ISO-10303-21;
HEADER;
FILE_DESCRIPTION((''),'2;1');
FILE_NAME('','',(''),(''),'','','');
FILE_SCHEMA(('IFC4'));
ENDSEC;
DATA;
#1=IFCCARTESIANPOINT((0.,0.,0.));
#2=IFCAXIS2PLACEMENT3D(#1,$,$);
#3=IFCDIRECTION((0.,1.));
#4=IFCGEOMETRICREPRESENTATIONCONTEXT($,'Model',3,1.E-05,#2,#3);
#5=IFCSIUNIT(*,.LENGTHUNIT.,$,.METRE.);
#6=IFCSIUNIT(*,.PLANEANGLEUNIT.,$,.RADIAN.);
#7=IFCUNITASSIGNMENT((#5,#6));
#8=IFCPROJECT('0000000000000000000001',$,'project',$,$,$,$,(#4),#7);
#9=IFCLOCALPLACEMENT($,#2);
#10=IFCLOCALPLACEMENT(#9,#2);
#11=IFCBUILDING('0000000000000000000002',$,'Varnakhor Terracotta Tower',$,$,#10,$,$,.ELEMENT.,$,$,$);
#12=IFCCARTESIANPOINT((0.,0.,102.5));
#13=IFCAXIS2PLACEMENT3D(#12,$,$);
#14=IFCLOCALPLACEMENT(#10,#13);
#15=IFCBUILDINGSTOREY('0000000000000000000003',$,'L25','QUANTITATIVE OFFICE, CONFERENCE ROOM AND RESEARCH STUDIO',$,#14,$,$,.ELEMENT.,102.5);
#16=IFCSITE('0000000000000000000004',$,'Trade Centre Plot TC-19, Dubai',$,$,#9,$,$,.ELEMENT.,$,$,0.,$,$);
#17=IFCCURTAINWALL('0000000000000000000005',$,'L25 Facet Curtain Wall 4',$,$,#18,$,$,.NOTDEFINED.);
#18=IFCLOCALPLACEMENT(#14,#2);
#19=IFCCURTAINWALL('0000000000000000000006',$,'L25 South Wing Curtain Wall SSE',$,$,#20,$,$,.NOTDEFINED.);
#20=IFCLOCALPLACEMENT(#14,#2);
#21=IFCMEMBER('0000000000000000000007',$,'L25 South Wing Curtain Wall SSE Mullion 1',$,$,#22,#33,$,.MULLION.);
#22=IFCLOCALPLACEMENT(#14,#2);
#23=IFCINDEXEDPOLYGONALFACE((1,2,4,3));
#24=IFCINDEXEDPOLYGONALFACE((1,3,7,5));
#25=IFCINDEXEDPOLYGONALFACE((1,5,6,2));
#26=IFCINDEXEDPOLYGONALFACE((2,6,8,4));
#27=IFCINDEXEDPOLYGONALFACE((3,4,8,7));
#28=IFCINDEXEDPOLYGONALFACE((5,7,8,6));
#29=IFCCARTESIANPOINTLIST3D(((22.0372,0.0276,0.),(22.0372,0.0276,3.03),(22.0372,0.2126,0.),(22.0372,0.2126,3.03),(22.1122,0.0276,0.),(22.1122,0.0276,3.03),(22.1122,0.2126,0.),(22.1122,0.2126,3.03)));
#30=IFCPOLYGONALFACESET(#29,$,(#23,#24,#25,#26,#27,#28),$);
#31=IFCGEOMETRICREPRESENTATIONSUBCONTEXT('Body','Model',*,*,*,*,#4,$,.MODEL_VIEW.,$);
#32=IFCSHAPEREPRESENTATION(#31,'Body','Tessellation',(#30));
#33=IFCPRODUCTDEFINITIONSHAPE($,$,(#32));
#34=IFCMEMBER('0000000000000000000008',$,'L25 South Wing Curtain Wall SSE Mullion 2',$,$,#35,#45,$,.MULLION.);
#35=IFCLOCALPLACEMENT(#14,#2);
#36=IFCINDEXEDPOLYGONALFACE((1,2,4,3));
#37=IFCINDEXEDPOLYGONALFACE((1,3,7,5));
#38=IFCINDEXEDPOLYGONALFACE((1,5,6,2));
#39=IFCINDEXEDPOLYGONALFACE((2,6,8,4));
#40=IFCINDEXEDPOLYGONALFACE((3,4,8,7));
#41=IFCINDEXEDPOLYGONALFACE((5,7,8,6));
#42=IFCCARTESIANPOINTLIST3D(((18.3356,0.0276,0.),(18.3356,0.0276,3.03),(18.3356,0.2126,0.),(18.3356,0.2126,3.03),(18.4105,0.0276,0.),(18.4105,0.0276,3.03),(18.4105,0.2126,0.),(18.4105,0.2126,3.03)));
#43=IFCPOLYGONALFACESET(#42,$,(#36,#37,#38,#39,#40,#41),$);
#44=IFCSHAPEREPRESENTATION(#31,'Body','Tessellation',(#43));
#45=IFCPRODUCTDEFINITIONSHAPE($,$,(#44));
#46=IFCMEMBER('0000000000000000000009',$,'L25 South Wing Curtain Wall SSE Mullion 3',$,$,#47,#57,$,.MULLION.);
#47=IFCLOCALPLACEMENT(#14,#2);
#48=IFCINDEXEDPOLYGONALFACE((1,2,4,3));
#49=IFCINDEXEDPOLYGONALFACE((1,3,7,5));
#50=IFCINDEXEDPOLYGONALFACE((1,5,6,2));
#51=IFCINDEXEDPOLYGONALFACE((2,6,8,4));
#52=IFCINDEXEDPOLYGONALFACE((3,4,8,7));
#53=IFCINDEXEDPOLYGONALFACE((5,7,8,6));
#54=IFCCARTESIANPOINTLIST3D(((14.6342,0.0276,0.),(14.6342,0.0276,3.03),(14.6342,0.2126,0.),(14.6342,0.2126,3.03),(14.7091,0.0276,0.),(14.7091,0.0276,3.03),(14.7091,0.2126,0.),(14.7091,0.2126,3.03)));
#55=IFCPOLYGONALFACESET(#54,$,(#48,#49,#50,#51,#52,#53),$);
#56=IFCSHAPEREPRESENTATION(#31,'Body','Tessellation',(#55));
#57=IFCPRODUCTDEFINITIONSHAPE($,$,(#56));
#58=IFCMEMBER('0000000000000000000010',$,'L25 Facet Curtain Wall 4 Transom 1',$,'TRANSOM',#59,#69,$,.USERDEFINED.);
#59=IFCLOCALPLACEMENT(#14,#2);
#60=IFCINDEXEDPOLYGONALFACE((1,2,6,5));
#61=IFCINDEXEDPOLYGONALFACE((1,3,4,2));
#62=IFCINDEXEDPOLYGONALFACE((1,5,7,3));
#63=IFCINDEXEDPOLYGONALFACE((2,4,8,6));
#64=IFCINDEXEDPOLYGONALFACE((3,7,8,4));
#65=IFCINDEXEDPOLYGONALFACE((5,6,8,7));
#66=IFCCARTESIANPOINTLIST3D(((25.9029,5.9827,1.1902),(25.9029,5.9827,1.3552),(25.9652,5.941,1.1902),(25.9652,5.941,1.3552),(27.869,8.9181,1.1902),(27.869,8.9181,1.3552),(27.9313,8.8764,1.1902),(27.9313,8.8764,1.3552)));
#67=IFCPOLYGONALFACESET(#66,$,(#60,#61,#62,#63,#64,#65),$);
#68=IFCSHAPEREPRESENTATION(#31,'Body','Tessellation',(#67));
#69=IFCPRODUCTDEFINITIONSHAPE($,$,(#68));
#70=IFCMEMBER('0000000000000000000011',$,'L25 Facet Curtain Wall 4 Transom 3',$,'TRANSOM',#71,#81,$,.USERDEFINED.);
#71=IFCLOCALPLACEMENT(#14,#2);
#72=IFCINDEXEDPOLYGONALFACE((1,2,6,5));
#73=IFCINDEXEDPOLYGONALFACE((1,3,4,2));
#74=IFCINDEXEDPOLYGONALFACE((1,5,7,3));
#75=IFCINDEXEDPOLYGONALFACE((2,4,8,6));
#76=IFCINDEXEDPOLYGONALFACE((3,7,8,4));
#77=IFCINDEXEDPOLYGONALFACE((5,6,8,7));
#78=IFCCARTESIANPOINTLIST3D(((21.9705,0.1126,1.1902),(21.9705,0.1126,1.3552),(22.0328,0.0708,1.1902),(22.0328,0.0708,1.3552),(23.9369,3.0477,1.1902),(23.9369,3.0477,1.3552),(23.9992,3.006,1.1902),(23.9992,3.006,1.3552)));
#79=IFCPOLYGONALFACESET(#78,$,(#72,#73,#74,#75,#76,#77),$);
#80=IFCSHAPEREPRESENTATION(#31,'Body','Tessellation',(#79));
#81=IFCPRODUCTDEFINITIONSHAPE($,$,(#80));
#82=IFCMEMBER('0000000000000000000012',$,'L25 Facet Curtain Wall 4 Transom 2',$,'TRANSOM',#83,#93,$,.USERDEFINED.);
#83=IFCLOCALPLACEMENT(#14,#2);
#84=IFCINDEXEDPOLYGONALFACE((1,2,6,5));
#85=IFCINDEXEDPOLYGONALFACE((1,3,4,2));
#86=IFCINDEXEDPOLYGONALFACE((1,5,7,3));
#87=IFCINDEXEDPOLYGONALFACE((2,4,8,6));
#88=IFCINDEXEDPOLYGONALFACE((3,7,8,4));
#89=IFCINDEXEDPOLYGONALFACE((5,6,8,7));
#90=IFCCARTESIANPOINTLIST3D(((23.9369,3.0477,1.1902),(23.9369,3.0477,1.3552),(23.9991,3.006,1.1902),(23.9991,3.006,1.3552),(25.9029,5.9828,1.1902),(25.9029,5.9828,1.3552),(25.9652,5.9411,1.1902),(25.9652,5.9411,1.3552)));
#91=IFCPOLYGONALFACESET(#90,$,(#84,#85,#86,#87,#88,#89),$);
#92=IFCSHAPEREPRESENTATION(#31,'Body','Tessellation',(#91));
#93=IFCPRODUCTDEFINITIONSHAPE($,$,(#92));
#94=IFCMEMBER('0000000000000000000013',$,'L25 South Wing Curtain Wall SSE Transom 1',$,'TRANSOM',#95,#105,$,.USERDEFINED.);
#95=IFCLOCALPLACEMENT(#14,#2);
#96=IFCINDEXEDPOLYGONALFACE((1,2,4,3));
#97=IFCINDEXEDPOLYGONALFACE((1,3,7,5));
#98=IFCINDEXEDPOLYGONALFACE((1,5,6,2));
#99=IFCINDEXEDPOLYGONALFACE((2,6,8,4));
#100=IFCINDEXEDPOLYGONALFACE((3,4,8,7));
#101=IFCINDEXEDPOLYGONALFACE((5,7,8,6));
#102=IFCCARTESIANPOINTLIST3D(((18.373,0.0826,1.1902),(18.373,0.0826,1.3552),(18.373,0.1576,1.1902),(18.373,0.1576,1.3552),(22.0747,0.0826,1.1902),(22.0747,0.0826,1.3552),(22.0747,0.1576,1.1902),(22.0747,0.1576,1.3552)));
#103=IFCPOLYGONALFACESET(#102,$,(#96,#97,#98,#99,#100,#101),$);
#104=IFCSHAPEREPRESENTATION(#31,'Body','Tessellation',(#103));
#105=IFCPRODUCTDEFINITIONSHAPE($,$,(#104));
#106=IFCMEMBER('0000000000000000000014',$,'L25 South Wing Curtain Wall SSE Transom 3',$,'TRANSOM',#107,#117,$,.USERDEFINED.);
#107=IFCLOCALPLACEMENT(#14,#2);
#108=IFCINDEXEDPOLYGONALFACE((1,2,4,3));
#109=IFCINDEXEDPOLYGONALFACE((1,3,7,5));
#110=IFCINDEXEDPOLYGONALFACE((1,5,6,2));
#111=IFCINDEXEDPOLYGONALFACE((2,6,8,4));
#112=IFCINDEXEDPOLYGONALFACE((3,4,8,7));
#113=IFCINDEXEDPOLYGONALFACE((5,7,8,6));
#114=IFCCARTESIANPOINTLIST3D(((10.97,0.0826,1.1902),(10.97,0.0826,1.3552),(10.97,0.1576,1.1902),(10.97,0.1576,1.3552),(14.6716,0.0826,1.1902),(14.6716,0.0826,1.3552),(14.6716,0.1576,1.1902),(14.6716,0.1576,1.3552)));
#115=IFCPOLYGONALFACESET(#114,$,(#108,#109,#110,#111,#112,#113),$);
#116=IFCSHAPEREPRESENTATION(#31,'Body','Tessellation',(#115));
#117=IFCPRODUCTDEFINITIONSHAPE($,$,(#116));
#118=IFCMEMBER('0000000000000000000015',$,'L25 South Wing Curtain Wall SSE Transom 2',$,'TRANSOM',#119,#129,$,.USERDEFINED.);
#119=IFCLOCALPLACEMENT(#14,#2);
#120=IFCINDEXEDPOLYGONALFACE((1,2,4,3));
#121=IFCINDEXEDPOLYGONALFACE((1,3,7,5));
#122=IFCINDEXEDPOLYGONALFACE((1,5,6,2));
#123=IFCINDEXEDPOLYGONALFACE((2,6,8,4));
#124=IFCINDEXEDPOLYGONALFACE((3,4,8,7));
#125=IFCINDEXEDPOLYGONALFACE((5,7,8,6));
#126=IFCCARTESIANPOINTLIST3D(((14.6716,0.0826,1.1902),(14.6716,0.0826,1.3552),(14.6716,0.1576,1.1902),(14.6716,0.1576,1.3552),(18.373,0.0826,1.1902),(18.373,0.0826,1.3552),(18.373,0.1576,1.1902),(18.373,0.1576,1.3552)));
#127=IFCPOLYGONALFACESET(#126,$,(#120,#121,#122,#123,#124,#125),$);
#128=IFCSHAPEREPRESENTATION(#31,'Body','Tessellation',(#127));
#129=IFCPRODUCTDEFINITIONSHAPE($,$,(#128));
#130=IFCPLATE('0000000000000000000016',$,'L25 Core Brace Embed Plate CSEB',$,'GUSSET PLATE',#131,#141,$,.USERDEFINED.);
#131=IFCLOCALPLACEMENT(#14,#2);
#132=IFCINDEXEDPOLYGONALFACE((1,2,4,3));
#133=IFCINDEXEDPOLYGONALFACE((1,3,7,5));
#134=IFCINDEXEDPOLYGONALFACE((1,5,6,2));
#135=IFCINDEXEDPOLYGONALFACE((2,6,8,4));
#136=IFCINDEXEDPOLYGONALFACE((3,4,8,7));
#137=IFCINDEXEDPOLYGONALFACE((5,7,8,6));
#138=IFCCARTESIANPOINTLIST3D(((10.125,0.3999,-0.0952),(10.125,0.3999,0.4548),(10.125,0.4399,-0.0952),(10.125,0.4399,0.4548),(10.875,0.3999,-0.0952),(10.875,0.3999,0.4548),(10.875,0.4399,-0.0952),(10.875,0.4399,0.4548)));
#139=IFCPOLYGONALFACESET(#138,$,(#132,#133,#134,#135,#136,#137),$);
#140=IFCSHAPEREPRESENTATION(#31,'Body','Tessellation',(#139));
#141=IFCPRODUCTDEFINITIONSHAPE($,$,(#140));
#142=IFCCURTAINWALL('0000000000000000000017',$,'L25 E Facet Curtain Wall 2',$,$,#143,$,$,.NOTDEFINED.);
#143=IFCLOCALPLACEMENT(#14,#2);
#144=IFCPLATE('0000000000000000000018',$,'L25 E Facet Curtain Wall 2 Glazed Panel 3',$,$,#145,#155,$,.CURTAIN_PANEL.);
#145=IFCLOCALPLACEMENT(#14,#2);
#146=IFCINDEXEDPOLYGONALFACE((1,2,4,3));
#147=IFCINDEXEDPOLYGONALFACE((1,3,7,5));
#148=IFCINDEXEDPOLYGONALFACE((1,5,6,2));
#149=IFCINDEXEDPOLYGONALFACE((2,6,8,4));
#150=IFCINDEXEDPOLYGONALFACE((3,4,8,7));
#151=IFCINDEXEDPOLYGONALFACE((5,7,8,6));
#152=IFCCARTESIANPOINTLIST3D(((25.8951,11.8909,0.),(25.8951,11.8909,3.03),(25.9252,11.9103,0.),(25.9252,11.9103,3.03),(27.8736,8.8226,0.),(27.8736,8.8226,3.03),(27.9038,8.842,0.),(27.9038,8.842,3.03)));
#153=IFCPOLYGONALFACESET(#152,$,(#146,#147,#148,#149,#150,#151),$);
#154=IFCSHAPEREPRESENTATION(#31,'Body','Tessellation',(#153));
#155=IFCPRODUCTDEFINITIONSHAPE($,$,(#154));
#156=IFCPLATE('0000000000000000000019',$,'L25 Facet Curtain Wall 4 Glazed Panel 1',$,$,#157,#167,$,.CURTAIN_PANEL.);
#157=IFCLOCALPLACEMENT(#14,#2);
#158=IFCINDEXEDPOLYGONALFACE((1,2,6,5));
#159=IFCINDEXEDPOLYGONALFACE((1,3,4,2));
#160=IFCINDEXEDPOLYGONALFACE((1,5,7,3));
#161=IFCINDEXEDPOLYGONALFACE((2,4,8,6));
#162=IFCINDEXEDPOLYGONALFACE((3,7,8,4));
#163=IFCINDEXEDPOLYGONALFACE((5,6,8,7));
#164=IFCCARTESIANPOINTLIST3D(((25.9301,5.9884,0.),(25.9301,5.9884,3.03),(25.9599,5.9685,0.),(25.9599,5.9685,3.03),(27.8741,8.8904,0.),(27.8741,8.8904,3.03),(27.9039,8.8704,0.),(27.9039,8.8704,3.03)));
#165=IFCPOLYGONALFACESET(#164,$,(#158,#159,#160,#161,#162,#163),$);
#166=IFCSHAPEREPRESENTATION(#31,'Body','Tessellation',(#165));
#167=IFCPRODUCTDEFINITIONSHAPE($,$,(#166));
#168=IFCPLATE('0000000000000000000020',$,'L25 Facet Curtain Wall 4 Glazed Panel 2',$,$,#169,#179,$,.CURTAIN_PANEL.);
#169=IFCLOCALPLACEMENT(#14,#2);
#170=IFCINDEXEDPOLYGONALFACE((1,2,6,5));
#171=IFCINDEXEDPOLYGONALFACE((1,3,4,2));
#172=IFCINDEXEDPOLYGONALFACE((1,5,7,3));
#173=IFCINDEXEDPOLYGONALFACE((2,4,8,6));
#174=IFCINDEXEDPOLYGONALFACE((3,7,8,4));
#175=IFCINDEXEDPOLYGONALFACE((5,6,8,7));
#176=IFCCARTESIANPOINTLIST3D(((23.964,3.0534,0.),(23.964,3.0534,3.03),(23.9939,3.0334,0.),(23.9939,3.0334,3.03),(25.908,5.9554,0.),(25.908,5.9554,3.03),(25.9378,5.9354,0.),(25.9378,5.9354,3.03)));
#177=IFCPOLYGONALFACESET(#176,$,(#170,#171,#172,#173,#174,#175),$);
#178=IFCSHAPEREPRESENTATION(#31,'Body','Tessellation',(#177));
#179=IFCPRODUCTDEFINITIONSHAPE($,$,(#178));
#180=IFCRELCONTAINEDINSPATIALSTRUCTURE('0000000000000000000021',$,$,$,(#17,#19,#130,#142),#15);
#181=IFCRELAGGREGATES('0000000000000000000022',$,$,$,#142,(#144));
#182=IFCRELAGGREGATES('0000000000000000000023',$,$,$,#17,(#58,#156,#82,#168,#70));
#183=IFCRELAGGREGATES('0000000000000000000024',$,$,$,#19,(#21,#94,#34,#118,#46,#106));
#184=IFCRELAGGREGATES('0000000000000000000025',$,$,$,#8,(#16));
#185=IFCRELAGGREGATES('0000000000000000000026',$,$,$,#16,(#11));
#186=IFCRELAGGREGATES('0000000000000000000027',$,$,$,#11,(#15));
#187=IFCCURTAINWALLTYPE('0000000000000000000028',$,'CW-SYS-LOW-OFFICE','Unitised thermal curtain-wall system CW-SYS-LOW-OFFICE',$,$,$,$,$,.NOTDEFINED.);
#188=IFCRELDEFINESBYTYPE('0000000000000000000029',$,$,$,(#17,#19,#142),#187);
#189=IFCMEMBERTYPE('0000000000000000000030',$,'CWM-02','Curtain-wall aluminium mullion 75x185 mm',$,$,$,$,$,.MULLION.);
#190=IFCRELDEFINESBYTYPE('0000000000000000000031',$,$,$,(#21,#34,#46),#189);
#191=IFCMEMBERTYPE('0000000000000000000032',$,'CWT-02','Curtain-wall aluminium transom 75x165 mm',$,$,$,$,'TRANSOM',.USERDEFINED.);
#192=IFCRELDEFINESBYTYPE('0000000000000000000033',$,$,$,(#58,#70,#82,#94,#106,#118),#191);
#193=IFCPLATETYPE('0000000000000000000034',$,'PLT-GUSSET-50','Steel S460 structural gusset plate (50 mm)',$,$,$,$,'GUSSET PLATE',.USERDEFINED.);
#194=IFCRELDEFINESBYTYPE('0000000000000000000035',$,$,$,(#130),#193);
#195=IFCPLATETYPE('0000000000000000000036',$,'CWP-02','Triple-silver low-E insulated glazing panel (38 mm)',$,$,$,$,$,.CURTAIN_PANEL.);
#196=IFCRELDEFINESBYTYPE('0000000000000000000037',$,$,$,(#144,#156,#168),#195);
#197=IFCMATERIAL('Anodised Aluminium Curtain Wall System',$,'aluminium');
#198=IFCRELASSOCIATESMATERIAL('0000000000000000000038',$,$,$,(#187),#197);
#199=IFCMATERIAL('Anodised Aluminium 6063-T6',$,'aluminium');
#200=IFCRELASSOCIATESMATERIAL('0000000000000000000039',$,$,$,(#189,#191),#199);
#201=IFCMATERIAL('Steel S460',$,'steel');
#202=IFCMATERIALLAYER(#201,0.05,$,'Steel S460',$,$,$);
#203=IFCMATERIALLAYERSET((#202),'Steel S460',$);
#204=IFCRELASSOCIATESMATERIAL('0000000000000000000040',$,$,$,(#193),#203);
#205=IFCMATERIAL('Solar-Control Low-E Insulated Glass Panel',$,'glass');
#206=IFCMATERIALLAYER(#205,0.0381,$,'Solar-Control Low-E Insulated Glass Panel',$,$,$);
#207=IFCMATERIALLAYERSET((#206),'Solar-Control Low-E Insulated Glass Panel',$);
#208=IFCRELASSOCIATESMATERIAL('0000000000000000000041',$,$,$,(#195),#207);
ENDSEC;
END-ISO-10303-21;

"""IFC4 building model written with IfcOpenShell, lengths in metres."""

from ifc_helpers import new_model, si_unit, direction, frame, origin, origin_2d, place, context, subcontext, project, spatial, rectangle, extrude, source, transform, mapped, material, layer, layer_set, material_profile, profile_set, type_object, type_shapes, element, aggregate, save


model = new_model("IFC4")

# Units and contexts
model_context = context("Model", 3, precision=1e-05, world=origin(), true_north=direction((0.0, 1.0)))
body_context = subcontext(model_context, "Body", "Model", "MODEL_VIEW")
ifc_project = project(units=[si_unit("LENGTHUNIT", "METRE"), si_unit("PLANEANGLEUNIT", "RADIAN")], contexts=[model_context])

# Site, building, storey
site_placement = place(None, origin())
site = spatial("IfcSite", under=ifc_project, at=site_placement, Name="Trade Centre Plot TC-19, Dubai", CompositionType="ELEMENT", RefElevation=0.0)
building_placement = place(site_placement, origin())
building = spatial("IfcBuilding", under=site, at=building_placement, Name="Varnakhor Terracotta Tower", CompositionType="ELEMENT")
storey_placement = place(building_placement, frame((0.0, 0.0, 102.5)))
storey = spatial("IfcBuildingStorey", under=building, at=storey_placement, Name="L25", Description="QUANTITATIVE OFFICE, CONFERENCE ROOM AND RESEARCH STUDIO", CompositionType="ELEMENT", Elevation=102.5)

# Shared definitions
ifc_material_1 = material(Name="Steel S460", Category="steel")

# Curtain walls, members
ifc_material_2 = material(Name="Anodised Aluminium Curtain Wall System", Category="aluminium")
curtain_wall_type = type_object("IfcCurtainWallType", Name="CW-SYS-LOW-OFFICE", Description="Unitised thermal curtain-wall system CW-SYS-LOW-OFFICE", PredefinedType="NOTDEFINED", material=ifc_material_2)
curtain_wall_1_placement = place(storey_placement, origin())
curtain_wall_1 = element("IfcCurtainWall", 1, at=curtain_wall_1_placement, inside=storey, type_object=curtain_wall_type, Name="L25 Facet Curtain Wall 4", PredefinedType="NOTDEFINED")
ifc_material_3 = material(Name="Anodised Aluminium 6063-T6", Category="aluminium")
ifc_material_profile_1 = material_profile(ifc_material_3, rectangle(XDim=0.075, YDim=0.1851, at=origin_2d()), Name="ALU MULLION 75x185")
ifc_profile_set_1 = profile_set([ifc_material_profile_1], Name="Anodised Aluminium 6063-T6")
member_type_1 = type_object("IfcMemberType", Name="CWM-02", Description="Curtain-wall aluminium mullion 75x185 mm", PredefinedType="MULLION", material=ifc_profile_set_1)
shared_shape_1 = source(origin(), body_context, "Body", "SweptSolid", [
    extrude(rectangle(XDim=0.075, YDim=0.1851, at=origin_2d()), origin(), (0.0, 0.0, 1.0), 3.03),
])
type_shapes(member_type_1, [shared_shape_1])
curtain_wall_2_placement = place(storey_placement, origin())
curtain_wall_2 = element("IfcCurtainWall", 2, at=curtain_wall_2_placement, inside=storey, type_object=curtain_wall_type, Name="L25 South Wing Curtain Wall SSE", PredefinedType="NOTDEFINED")
member_1_placement = place(storey_placement, frame((22.0747, 0.1201, 0.0), z_axis=(0.0, 0.0, 1.0), x_axis=(1.0, 0.0, 0.0)))
member_1 = element("IfcMember", 3, at=member_1_placement, type_object=member_type_1, Name="L25 South Wing Curtain Wall SSE Mullion 1", PredefinedType="MULLION", context=body_context, shape_type="MappedRepresentation", body=[
    mapped(shared_shape_1, transform((0.0, 0.0, 0.0), scale=1.0)),
])
member_2_placement = place(storey_placement, frame((18.373, 0.1201, 0.0), z_axis=(0.0, 0.0, 1.0), x_axis=(1.0, 0.0, 0.0)))
member_2 = element("IfcMember", 4, at=member_2_placement, type_object=member_type_1, Name="L25 South Wing Curtain Wall SSE Mullion 2", PredefinedType="MULLION", context=body_context, shape_type="MappedRepresentation", body=[
    mapped(shared_shape_1, transform((0.0, 0.0, 0.0), scale=1.0)),
])
member_3_placement = place(storey_placement, frame((14.6716, 0.1201, 0.0), z_axis=(0.0, 0.0, 1.0), x_axis=(1.0, 0.0, 0.0)))
member_3 = element("IfcMember", 5, at=member_3_placement, type_object=member_type_1, Name="L25 South Wing Curtain Wall SSE Mullion 3", PredefinedType="MULLION", context=body_context, shape_type="MappedRepresentation", body=[
    mapped(shared_shape_1, transform((0.0, 0.0, 0.0), scale=1.0)),
])

# Members
ifc_material_profile_2 = material_profile(ifc_material_3, rectangle(XDim=0.075, YDim=0.165, at=origin_2d()), Name="ALU TRANSOM 75x165")
ifc_profile_set_2 = profile_set([ifc_material_profile_2], Name="Anodised Aluminium 6063-T6")
member_type_2 = type_object("IfcMemberType", Name="CWT-02", Description="Curtain-wall aluminium transom 75x165 mm", ElementType="TRANSOM", PredefinedType="USERDEFINED", material=ifc_profile_set_2)
shared_shape_2 = source(origin(), body_context, "Body", "SweptSolid", [
    extrude(rectangle(XDim=0.075, YDim=0.165, at=origin_2d()), origin(), (0.0, 0.0, 1.0), 3.533),
])
member_4_placement = place(storey_placement, frame((27.9001, 8.8972, 1.2727), z_axis=(-0.556501, -0.830847, 0.0), x_axis=(0.830847, -0.556501, 0.0)))
member_4 = element("IfcMember", 6, at=member_4_placement, type_object=member_type_2, Name="L25 Facet Curtain Wall 4 Transom 1", ObjectType="TRANSOM", PredefinedType="USERDEFINED", context=body_context, shape_type="MappedRepresentation", body=[
    mapped(shared_shape_2, transform((0.0, 0.0, 0.0), scale=1.0)),
])
member_5_placement = place(storey_placement, frame((23.968, 3.0269, 1.2727), z_axis=(-0.556581, -0.830794, 0.0), x_axis=(0.830794, -0.556581, 0.0)))
member_5 = element("IfcMember", 7, at=member_5_placement, type_object=member_type_2, Name="L25 Facet Curtain Wall 4 Transom 3", ObjectType="TRANSOM", PredefinedType="USERDEFINED", context=body_context, shape_type="MappedRepresentation", body=[
    mapped(shared_shape_2, transform((0.0, 0.0, 0.0), scale=1.0)),
])
shared_shape_3 = source(origin(), body_context, "Body", "SweptSolid", [
    extrude(rectangle(XDim=0.075, YDim=0.165, at=origin_2d()), origin(), (0.0, 0.0, 1.0), 3.5327),
])
member_6_placement = place(storey_placement, frame((25.9341, 5.9619, 1.2727), z_axis=(-0.556533, -0.830826, 0.0), x_axis=(0.830826, -0.556533, 0.0)))
member_6 = element("IfcMember", 8, at=member_6_placement, type_object=member_type_2, Name="L25 Facet Curtain Wall 4 Transom 2", ObjectType="TRANSOM", PredefinedType="USERDEFINED", context=body_context, shape_type="MappedRepresentation", body=[
    mapped(shared_shape_3, transform((0.0, 0.0, 0.0), scale=1.0)),
])
shared_shape_4 = source(origin(), body_context, "Body", "SweptSolid", [
    extrude(rectangle(XDim=0.075, YDim=0.165, at=origin_2d()), origin(), (0.0, 0.0, 1.0), 3.7017),
])
member_7_placement = place(storey_placement, frame((22.0747, 0.1201, 1.2727), z_axis=(-1.0, 0.0, 0.0), x_axis=(0.0, -1.0, 0.0)))
member_7 = element("IfcMember", 9, at=member_7_placement, type_object=member_type_2, Name="L25 South Wing Curtain Wall SSE Transom 1", ObjectType="TRANSOM", PredefinedType="USERDEFINED", context=body_context, shape_type="MappedRepresentation", body=[
    mapped(shared_shape_4, transform((0.0, 0.0, 0.0), scale=1.0)),
])
member_8_placement = place(storey_placement, frame((14.6716, 0.1201, 1.2727), z_axis=(-1.0, 0.0, 0.0), x_axis=(0.0, -1.0, 0.0)))
member_8 = element("IfcMember", 10, at=member_8_placement, type_object=member_type_2, Name="L25 South Wing Curtain Wall SSE Transom 3", ObjectType="TRANSOM", PredefinedType="USERDEFINED", context=body_context, shape_type="MappedRepresentation", body=[
    mapped(shared_shape_4, transform((0.0, 0.0, 0.0), scale=1.0)),
])
shared_shape_5 = source(origin(), body_context, "Body", "SweptSolid", [
    extrude(rectangle(XDim=0.075, YDim=0.165, at=origin_2d()), origin(), (0.0, 0.0, 1.0), 3.7014),
])
member_9_placement = place(storey_placement, frame((18.373, 0.1201, 1.2727), z_axis=(-1.0, 0.0, 0.0), x_axis=(0.0, -1.0, 0.0)))
member_9 = element("IfcMember", 11, at=member_9_placement, type_object=member_type_2, Name="L25 South Wing Curtain Wall SSE Transom 2", ObjectType="TRANSOM", PredefinedType="USERDEFINED", context=body_context, shape_type="MappedRepresentation", body=[
    mapped(shared_shape_5, transform((0.0, 0.0, 0.0), scale=1.0)),
])

# Plate
ifc_layer_1 = layer(ifc_material_1, 0.05, Name="Steel S460")
ifc_layer_set_1 = layer_set([ifc_layer_1], Name="Steel S460")
plate_type_1 = type_object("IfcPlateType", Name="PLT-GUSSET-50", Description="Steel S460 structural gusset plate (50 mm)", ElementType="GUSSET PLATE", PredefinedType="USERDEFINED", material=ifc_layer_set_1)
shared_shape_6 = source(origin(), body_context, "Body", "SweptSolid", [
    extrude(rectangle(XDim=0.75, YDim=0.04, at=origin_2d()), origin(), (0.0, 0.0, 1.0), 0.55),
])
type_shapes(plate_type_1, [shared_shape_6])
plate_1_placement = place(storey_placement, frame((10.5, 0.4199, -0.0952), z_axis=(0.0, 0.0, 1.0), x_axis=(1.0, 0.0, 0.0)))
element("IfcPlate", 12, at=plate_1_placement, inside=storey, type_object=plate_type_1, Name="L25 Core Brace Embed Plate CSEB", ObjectType="GUSSET PLATE", PredefinedType="USERDEFINED", context=body_context, shape_type="MappedRepresentation", body=[
    mapped(shared_shape_6, transform((0.0, 0.0, 0.0), scale=1.0)),
])

# Curtain wall, plate
curtain_wall_3_placement = place(storey_placement, origin())
curtain_wall_3 = element("IfcCurtainWall", 13, at=curtain_wall_3_placement, inside=storey, type_object=curtain_wall_type, Name="L25 E Facet Curtain Wall 2", PredefinedType="NOTDEFINED")
ifc_material_4 = material(Name="Solar-Control Low-E Insulated Glass Panel", Category="glass")
ifc_layer_2 = layer(ifc_material_4, 0.0381, Name="Solar-Control Low-E Insulated Glass Panel")
ifc_layer_set_2 = layer_set([ifc_layer_2], Name="Solar-Control Low-E Insulated Glass Panel")
plate_type_2 = type_object("IfcPlateType", Name="CWP-02", Description="Triple-silver low-E insulated glazing panel (38 mm)", PredefinedType="CURTAIN_PANEL", material=ifc_layer_set_2)
shared_shape_7 = source(origin(), body_context, "Body", "SweptSolid", [
    extrude(rectangle(XDim=3.6509, YDim=0.0359, at=origin_2d()), origin(), (0.0, 0.0, 1.0), 3.03),
])
plate_2_placement = place(storey_placement, frame((26.8994, 10.3665, 0.0), z_axis=(0.0, 0.0, 1.0), x_axis=(0.541928, -0.840425, 0.0)))
plate_2 = element("IfcPlate", 14, at=plate_2_placement, type_object=plate_type_2, Name="L25 E Facet Curtain Wall 2 Glazed Panel 3", PredefinedType="CURTAIN_PANEL", context=body_context, shape_type="MappedRepresentation", body=[
    mapped(shared_shape_7, transform((0.0, 0.0, 0.0), scale=1.0)),
])
aggregate(curtain_wall_3, [plate_2])

# Plates
shared_shape_8 = source(origin(), body_context, "Body", "SweptSolid", [
    extrude(rectangle(XDim=3.4929, YDim=0.0359, at=origin_2d()), origin(), (0.0, 0.0, 1.0), 3.03),
])
plate_3_placement = place(storey_placement, frame((26.917, 7.4294, 0.0), z_axis=(0.0, 0.0, 1.0), x_axis=(-0.556542, -0.830819, 0.0)))
plate_3 = element("IfcPlate", 15, at=plate_3_placement, type_object=plate_type_2, Name="L25 Facet Curtain Wall 4 Glazed Panel 1", PredefinedType="CURTAIN_PANEL", context=body_context, shape_type="MappedRepresentation", body=[
    mapped(shared_shape_8, transform((0.0, 0.0, 0.0), scale=1.0)),
])
plate_4_placement = place(storey_placement, frame((24.9509, 4.4944, 0.0), z_axis=(0.0, 0.0, 1.0), x_axis=(-0.556542, -0.830819, 0.0)))
plate_4 = element("IfcPlate", 16, at=plate_4_placement, type_object=plate_type_2, Name="L25 Facet Curtain Wall 4 Glazed Panel 2", PredefinedType="CURTAIN_PANEL", context=body_context, shape_type="MappedRepresentation", body=[
    mapped(shared_shape_8, transform((0.0, 0.0, 0.0), scale=1.0)),
])
aggregate(curtain_wall_1, [member_4, plate_3, member_6, plate_4, member_5])
aggregate(curtain_wall_2, [member_1, member_7, member_2, member_9, member_3, member_8])

save(model, "model.ifc")
